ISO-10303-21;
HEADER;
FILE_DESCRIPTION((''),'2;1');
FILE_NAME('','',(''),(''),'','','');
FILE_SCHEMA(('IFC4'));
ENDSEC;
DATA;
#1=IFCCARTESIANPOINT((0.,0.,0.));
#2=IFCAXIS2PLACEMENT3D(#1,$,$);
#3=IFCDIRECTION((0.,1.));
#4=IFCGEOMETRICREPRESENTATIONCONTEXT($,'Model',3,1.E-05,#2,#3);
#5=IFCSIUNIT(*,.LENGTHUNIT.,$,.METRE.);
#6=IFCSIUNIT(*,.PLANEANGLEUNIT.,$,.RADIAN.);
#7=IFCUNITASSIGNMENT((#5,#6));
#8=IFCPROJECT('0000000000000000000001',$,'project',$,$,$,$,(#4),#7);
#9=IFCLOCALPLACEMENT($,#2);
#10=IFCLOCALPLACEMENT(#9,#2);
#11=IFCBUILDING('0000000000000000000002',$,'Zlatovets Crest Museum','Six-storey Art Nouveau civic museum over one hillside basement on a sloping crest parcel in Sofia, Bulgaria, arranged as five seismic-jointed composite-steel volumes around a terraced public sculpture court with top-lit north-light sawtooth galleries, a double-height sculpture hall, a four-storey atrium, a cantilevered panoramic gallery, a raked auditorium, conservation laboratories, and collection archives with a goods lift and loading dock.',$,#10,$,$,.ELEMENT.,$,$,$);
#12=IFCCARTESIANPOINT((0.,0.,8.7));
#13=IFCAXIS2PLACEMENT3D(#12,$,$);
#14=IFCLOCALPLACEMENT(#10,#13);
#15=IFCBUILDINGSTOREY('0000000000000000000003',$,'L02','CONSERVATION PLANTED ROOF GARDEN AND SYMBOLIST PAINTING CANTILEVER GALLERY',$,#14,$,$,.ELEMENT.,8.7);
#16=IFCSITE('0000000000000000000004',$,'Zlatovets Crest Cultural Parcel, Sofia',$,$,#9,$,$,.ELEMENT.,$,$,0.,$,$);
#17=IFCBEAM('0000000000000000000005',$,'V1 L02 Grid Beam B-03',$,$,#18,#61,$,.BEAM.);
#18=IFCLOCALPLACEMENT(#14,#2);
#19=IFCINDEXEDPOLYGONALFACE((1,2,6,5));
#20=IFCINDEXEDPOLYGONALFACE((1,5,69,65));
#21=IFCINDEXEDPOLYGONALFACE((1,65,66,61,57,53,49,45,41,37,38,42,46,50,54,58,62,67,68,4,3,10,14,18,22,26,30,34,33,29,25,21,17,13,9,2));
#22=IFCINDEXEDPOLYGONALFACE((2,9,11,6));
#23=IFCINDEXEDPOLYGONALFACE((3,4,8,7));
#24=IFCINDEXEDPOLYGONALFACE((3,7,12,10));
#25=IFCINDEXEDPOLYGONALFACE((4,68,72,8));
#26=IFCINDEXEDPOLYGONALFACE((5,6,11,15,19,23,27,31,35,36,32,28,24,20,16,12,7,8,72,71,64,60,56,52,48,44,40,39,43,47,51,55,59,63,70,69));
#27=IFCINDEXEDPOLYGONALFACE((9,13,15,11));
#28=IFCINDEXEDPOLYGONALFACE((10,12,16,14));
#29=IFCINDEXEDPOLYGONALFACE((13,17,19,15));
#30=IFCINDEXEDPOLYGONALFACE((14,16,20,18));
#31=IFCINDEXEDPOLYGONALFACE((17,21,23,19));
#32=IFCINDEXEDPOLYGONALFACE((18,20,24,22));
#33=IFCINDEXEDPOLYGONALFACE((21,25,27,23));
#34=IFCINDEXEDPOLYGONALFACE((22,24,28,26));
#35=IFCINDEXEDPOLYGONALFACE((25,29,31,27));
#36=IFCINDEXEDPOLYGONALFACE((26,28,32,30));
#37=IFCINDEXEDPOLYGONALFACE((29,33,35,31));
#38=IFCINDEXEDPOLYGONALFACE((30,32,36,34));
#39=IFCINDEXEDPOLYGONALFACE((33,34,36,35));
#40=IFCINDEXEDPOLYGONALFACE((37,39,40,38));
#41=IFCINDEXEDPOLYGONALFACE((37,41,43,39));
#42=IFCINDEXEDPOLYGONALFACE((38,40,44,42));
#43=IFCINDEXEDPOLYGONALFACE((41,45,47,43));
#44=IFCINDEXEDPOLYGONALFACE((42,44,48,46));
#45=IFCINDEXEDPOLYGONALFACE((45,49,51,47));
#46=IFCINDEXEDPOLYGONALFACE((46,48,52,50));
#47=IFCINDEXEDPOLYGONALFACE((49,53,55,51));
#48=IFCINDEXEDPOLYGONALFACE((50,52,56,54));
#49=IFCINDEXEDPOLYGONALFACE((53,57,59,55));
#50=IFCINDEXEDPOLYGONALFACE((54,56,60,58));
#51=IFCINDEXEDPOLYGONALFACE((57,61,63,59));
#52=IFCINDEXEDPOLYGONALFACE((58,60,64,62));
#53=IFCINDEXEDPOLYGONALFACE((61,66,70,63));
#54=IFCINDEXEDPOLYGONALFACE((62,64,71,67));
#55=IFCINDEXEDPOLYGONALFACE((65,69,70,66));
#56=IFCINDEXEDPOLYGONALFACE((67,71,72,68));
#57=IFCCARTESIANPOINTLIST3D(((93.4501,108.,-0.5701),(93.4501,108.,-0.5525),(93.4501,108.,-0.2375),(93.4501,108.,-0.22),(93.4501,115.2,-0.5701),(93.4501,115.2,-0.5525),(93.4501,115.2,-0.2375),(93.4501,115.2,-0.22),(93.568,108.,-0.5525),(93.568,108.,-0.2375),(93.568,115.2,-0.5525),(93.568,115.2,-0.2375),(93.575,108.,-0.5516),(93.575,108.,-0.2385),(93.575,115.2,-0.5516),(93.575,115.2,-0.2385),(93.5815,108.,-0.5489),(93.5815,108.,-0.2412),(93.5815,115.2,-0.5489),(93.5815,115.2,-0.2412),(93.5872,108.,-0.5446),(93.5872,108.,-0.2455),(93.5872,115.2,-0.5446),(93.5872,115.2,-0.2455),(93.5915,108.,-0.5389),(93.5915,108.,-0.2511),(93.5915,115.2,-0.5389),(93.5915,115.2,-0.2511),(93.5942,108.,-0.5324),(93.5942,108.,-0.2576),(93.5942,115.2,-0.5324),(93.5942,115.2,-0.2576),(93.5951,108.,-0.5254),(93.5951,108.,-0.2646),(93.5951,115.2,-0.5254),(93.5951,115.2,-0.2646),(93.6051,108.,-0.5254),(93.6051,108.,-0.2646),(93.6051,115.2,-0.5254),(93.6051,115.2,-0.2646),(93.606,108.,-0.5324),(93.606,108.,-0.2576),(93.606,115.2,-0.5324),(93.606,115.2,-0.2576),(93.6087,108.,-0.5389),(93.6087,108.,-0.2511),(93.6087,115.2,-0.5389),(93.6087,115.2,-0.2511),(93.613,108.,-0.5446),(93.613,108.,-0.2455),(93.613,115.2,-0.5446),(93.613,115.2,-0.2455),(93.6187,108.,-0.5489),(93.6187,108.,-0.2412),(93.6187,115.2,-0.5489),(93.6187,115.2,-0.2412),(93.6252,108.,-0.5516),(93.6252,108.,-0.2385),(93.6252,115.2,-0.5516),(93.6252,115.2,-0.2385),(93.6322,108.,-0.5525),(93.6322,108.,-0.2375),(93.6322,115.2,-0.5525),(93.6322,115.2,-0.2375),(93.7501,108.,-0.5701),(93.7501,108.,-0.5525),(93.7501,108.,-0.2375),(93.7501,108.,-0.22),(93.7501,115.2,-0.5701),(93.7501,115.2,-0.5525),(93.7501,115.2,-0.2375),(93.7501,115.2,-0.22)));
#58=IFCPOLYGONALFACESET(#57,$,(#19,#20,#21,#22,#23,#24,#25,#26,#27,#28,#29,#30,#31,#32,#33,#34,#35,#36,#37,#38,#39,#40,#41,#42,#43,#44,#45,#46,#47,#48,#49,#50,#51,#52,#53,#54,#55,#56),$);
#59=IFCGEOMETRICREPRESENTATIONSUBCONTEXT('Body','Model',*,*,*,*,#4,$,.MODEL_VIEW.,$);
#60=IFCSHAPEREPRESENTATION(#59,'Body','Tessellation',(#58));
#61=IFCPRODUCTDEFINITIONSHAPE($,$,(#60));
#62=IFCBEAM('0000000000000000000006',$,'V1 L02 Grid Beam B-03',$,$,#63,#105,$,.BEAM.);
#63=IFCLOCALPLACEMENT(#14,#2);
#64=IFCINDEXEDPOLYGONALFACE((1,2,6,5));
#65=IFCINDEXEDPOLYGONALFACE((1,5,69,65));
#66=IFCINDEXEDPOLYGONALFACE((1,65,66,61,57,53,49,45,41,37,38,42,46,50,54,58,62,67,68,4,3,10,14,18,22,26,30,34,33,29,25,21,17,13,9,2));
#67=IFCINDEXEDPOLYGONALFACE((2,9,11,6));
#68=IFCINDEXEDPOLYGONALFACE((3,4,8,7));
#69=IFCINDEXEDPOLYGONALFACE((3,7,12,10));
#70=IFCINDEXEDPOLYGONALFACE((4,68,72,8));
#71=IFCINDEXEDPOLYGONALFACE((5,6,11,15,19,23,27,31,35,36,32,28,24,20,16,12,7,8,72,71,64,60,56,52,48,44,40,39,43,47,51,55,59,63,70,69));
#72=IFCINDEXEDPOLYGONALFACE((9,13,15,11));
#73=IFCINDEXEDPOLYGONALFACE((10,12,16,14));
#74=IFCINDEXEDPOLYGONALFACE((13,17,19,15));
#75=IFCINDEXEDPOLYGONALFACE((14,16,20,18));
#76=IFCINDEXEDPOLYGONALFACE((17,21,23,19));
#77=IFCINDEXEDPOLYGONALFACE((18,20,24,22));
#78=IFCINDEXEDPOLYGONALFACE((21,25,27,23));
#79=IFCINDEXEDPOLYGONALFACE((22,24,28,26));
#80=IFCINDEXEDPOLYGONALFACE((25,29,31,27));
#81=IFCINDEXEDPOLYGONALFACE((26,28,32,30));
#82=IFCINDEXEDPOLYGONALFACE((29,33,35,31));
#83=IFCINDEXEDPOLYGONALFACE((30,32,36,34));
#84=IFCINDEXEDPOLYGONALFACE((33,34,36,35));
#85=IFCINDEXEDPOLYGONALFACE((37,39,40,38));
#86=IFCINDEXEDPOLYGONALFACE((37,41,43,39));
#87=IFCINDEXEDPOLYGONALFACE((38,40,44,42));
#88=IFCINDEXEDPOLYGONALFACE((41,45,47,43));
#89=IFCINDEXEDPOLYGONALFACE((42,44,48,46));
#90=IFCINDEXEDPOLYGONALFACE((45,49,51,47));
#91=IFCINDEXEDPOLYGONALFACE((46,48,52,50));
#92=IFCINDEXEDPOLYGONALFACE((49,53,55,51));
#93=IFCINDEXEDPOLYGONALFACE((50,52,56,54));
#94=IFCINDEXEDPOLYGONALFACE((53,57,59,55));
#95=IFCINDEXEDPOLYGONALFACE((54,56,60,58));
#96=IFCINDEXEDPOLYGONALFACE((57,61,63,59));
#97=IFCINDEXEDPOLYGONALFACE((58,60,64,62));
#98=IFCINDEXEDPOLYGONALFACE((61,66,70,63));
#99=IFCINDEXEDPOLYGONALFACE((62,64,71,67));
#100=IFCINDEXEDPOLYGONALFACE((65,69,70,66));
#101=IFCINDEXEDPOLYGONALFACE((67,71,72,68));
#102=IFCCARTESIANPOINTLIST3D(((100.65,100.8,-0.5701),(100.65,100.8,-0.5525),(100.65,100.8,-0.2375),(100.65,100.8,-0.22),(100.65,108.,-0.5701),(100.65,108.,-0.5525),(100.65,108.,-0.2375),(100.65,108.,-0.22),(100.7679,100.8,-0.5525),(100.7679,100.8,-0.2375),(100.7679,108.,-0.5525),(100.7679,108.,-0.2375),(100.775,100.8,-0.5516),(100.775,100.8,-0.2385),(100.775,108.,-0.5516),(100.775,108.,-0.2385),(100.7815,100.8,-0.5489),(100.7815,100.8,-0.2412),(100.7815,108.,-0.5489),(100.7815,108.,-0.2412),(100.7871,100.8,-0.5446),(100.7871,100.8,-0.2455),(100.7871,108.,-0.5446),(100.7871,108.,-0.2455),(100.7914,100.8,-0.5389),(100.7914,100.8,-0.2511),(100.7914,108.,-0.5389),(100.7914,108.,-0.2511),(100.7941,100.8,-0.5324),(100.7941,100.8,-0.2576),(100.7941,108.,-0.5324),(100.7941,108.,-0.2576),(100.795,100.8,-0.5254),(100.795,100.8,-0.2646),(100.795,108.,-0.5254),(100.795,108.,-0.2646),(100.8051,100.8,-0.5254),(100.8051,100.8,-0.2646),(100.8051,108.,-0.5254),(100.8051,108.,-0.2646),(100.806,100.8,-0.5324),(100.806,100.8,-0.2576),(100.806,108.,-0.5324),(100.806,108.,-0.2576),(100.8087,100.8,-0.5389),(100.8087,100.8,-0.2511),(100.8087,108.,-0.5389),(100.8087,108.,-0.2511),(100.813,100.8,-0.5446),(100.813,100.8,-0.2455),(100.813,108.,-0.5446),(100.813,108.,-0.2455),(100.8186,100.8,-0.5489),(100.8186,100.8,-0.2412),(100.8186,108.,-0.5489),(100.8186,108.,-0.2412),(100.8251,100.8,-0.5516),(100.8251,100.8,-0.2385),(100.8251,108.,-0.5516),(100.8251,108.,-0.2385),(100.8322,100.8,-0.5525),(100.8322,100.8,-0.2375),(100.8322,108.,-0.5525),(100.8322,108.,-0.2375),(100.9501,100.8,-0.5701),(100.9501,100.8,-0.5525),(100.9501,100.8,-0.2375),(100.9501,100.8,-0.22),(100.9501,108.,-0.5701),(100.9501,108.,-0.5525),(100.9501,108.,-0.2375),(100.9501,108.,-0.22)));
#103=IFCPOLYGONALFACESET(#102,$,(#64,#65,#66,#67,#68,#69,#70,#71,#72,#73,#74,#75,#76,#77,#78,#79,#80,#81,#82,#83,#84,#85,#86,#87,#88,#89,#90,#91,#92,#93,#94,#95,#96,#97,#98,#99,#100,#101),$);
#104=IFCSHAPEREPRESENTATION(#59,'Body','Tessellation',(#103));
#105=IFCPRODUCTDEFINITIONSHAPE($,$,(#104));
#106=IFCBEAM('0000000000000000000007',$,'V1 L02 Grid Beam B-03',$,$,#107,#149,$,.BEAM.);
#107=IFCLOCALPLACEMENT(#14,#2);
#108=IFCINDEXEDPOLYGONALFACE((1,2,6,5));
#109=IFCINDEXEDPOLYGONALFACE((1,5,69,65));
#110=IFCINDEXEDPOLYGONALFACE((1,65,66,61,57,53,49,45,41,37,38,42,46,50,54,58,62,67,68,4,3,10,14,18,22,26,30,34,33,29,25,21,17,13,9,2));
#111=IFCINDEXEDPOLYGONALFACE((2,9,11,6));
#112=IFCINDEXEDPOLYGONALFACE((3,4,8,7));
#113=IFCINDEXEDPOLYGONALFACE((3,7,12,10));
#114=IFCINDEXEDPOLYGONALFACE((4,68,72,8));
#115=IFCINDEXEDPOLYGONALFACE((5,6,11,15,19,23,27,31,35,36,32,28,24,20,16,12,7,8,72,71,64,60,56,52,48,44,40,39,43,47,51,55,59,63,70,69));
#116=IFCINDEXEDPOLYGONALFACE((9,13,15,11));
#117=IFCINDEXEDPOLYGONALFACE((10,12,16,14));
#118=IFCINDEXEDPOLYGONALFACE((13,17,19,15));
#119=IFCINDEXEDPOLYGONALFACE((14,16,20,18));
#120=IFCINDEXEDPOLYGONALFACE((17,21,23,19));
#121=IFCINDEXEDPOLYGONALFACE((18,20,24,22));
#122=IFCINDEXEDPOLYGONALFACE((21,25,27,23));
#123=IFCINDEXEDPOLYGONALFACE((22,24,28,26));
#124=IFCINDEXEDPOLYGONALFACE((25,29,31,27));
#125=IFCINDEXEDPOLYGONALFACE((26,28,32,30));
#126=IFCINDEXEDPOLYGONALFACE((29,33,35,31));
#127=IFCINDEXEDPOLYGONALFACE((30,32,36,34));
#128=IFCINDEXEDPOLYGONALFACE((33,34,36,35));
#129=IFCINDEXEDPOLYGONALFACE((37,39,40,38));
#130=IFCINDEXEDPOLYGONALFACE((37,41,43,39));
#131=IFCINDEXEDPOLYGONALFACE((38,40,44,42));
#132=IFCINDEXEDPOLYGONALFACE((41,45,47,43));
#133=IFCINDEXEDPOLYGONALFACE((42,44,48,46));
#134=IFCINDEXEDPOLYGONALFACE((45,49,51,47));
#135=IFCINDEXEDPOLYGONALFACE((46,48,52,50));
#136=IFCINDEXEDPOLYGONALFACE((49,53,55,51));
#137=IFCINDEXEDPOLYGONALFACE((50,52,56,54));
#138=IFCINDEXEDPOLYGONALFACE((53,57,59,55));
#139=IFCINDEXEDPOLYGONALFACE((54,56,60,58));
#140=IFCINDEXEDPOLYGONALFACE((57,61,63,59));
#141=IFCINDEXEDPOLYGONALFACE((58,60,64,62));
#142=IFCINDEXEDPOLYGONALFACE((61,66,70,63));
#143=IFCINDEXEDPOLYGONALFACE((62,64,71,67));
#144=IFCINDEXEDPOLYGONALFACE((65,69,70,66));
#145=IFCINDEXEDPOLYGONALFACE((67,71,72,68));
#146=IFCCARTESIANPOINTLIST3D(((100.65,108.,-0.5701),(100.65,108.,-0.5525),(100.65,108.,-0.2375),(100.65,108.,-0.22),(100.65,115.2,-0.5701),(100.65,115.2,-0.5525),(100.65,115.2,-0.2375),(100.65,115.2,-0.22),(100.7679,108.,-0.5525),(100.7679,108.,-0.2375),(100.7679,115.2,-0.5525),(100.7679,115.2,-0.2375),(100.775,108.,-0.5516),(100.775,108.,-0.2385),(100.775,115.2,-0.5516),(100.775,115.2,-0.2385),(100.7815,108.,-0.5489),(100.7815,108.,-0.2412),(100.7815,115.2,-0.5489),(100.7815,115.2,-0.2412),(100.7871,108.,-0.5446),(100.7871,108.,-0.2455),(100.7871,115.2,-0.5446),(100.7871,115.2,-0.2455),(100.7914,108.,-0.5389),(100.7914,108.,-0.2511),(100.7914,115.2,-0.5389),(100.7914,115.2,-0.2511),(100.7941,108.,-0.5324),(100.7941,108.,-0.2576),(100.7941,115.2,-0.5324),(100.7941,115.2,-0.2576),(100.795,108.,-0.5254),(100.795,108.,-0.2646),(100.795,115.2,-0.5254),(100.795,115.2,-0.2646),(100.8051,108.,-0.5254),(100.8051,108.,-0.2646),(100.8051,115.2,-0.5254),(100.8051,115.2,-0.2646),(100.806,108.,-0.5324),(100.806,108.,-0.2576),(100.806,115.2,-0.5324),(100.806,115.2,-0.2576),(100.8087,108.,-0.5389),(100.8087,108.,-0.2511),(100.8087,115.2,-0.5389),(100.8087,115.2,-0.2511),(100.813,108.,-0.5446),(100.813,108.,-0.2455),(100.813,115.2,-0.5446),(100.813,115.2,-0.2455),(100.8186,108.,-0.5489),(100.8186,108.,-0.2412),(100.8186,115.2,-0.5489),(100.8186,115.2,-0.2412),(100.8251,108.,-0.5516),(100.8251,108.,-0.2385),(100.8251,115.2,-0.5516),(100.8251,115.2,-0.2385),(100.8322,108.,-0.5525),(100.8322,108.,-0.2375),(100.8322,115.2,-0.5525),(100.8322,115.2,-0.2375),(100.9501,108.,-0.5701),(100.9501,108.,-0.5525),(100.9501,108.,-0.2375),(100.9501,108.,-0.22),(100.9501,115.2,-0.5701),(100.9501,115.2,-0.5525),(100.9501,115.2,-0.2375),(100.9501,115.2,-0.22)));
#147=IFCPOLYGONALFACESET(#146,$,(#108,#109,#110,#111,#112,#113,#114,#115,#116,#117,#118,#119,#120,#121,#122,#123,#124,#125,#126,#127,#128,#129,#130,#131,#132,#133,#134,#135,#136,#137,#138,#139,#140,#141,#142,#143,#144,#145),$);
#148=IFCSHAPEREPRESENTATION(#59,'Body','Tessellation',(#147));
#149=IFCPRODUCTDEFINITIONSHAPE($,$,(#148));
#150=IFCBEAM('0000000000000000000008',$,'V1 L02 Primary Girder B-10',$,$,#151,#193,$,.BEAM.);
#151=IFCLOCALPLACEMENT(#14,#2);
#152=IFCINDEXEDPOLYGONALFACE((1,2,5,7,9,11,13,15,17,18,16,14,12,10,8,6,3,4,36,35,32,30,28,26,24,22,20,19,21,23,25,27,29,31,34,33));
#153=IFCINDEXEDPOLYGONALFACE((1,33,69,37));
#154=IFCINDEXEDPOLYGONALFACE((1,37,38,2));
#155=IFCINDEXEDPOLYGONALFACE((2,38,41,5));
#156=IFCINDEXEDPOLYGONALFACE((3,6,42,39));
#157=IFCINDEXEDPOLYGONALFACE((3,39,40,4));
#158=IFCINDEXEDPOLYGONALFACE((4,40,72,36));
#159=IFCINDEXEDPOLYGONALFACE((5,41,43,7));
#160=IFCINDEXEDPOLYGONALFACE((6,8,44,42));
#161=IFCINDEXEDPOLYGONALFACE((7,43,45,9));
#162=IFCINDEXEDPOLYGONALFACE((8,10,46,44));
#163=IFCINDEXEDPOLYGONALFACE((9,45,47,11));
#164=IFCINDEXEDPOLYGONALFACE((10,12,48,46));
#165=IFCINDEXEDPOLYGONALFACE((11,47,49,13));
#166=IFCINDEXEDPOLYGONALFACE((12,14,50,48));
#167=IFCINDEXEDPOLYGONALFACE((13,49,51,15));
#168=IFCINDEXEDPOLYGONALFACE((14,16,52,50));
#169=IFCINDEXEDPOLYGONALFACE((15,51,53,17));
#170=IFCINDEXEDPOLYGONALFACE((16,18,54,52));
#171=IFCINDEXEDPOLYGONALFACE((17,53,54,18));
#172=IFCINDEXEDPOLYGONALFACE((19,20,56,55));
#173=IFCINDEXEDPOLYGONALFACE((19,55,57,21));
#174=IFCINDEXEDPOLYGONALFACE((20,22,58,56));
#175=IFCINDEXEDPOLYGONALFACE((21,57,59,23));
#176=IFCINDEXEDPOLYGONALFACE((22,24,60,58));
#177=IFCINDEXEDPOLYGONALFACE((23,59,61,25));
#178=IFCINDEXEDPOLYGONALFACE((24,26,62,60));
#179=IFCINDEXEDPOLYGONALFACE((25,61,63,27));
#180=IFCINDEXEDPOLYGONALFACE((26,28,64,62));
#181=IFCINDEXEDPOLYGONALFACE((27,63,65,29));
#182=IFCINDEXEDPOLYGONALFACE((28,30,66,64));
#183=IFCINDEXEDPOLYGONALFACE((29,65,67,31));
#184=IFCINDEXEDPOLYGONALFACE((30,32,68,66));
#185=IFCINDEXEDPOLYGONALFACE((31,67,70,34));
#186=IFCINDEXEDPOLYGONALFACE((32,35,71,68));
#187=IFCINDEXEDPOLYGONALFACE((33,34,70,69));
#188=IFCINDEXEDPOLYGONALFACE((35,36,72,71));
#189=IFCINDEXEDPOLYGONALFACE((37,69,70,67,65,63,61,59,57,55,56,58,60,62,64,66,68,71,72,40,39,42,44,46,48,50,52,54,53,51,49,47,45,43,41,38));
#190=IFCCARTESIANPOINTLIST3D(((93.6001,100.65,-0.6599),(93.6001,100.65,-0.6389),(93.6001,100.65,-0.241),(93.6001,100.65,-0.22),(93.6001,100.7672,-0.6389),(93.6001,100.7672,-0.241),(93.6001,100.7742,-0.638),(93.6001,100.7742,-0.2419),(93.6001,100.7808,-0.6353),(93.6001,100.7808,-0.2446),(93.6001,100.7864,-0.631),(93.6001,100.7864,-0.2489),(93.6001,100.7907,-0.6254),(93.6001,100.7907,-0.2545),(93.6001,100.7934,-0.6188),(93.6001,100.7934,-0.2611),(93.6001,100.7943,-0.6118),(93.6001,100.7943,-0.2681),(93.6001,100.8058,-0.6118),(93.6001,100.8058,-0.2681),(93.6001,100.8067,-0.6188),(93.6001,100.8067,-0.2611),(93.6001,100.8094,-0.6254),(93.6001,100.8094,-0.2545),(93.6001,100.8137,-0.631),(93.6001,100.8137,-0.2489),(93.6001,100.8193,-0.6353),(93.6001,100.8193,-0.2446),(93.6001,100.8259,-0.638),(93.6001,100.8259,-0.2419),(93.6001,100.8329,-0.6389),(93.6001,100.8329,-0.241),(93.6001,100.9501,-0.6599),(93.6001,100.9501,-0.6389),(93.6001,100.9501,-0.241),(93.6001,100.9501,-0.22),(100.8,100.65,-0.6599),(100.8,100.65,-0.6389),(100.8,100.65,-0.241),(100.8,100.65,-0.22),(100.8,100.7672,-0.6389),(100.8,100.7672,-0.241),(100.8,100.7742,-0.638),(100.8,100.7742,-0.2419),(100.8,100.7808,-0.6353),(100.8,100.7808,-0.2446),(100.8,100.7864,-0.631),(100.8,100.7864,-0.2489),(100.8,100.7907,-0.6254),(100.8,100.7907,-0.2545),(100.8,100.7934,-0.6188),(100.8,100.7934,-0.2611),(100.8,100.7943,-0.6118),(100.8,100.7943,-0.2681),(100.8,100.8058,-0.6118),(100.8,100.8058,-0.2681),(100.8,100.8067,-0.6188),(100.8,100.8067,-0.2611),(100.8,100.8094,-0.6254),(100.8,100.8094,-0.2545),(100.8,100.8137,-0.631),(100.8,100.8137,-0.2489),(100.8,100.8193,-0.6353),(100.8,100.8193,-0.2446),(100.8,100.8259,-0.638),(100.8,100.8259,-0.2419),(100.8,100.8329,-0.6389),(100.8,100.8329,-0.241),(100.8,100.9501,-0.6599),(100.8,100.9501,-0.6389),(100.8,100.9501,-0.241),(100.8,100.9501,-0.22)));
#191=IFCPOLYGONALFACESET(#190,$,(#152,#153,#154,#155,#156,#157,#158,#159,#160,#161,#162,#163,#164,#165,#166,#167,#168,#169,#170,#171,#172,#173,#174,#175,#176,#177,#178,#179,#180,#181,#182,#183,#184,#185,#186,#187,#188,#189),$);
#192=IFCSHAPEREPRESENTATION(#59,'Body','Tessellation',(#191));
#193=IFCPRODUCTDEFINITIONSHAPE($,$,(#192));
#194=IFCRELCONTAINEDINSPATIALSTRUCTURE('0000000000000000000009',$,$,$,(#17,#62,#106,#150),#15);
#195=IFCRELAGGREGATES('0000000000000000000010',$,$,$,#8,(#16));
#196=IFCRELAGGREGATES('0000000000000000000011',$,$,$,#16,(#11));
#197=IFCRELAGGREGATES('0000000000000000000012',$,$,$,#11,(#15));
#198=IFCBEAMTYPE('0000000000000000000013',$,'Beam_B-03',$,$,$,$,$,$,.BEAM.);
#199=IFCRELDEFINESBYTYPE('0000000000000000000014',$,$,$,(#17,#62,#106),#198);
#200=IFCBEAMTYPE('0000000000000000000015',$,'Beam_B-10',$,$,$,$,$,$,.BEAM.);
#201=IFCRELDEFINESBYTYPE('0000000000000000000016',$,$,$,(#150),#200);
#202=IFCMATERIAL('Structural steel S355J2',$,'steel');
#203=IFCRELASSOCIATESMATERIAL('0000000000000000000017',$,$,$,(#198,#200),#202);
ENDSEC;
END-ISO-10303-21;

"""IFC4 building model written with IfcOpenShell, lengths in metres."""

from ifc_helpers import new_model, si_unit, direction, frame, origin, origin_2d, place, context, subcontext, project, spatial, i_section, extrude, material, material_profile, profile_set, type_object, element, save


model = new_model("IFC4")

# Units and contexts
model_context = context("Model", 3, precision=1e-05, world=origin(), true_north=direction((0.0, 1.0)))
body_context = subcontext(model_context, "Body", "Model", "MODEL_VIEW")
ifc_project = project(units=[si_unit("LENGTHUNIT", "METRE"), si_unit("PLANEANGLEUNIT", "RADIAN")], contexts=[model_context])

# Site, building, storey
site_placement = place(None, origin())
site = spatial("IfcSite", under=ifc_project, at=site_placement, Name="Zlatovets Crest Cultural Parcel, Sofia", CompositionType="ELEMENT", RefElevation=0.0)
building_placement = place(site_placement, origin())
building = spatial("IfcBuilding", under=site, at=building_placement, Name="Zlatovets Crest Museum", Description="Six-storey Art Nouveau civic museum over one hillside basement on a sloping crest parcel in Sofia, Bulgaria, arranged as five seismic-jointed composite-steel volumes around a terraced public sculpture court with top-lit north-light sawtooth galleries, a double-height sculpture hall, a four-storey atrium, a cantilevered panoramic gallery, a raked auditorium, conservation laboratories, and collection archives with a goods lift and loading dock.", CompositionType="ELEMENT")
storey_placement = place(building_placement, frame((0.0, 0.0, 8.7)))
storey = spatial("IfcBuildingStorey", under=building, at=storey_placement, Name="L02", Description="CONSERVATION PLANTED ROOF GARDEN AND SYMBOLIST PAINTING CANTILEVER GALLERY", CompositionType="ELEMENT", Elevation=8.7)

# Shared definitions
ifc_material_1 = material(Name="Structural steel S355J2", Category="steel")

# Beams
ifc_material_profile_1 = material_profile(ifc_material_1, i_section(OverallWidth=0.3, OverallDepth=0.3501, WebThickness=0.01, FlangeThickness=0.0176, FilletRadius=0.0271, at=origin_2d()), Name="HEA 360")
ifc_profile_set_1 = profile_set([ifc_material_profile_1], Name="Structural steel S355J2")
beam_type_1 = type_object("IfcBeamType", Name="Beam_B-03", PredefinedType="BEAM", material=ifc_profile_set_1)
for number, where, z_axis, x_axis, name in (
    (1, (93.6001, 108.0, -0.395), (0.0, 1.0, 0.0), (-1.0, 0.0, 0.0), "V1 L02 Grid Beam B-03"),
    (2, (100.8, 100.8, -0.395), (0.0, 1.0, 0.0), (-1.0, 0.0, 0.0), "V1 L02 Grid Beam B-03"),
    (3, (100.8, 108.0, -0.395), (0.0, 1.0, 0.0), (-1.0, 0.0, 0.0), "V1 L02 Grid Beam B-03"),
):
    element("IfcBeam", number, at=place(storey_placement, frame(where, z_axis=z_axis, x_axis=x_axis)), inside=storey, type_object=beam_type_1, Name=name, PredefinedType="BEAM", context=body_context, shape_type="SweptSolid", body=[
        extrude(i_section(OverallWidth=0.3, OverallDepth=0.3501, WebThickness=0.01, FlangeThickness=0.0176, FilletRadius=0.0271, at=origin_2d()), origin(), (0.0, 0.0, 1.0), 7.2),
    ])
ifc_material_profile_2 = material_profile(ifc_material_1, i_section(OverallWidth=0.3, OverallDepth=0.4399, WebThickness=0.0115, FlangeThickness=0.021, FilletRadius=0.0271, at=origin_2d()), Name="HEA 450")
ifc_profile_set_2 = profile_set([ifc_material_profile_2], Name="Structural steel S355J2")
beam_type_2 = type_object("IfcBeamType", Name="Beam_B-10", PredefinedType="BEAM", material=ifc_profile_set_2)
for number, where, z_axis, x_axis, name in (
    (4, (93.6001, 100.8, -0.4399), (1.0, 0.0, 0.0), (0.0, 1.0, 0.0), "V1 L02 Primary Girder B-10"),
):
    element("IfcBeam", number, at=place(storey_placement, frame(where, z_axis=z_axis, x_axis=x_axis)), inside=storey, type_object=beam_type_2, Name=name, PredefinedType="BEAM", context=body_context, shape_type="SweptSolid", body=[
        extrude(i_section(OverallWidth=0.3, OverallDepth=0.4399, WebThickness=0.0115, FlangeThickness=0.021, FilletRadius=0.0271, at=origin_2d()), origin(), (0.0, 0.0, 1.0), 7.2),
    ])

save(model, "model.ifc")
